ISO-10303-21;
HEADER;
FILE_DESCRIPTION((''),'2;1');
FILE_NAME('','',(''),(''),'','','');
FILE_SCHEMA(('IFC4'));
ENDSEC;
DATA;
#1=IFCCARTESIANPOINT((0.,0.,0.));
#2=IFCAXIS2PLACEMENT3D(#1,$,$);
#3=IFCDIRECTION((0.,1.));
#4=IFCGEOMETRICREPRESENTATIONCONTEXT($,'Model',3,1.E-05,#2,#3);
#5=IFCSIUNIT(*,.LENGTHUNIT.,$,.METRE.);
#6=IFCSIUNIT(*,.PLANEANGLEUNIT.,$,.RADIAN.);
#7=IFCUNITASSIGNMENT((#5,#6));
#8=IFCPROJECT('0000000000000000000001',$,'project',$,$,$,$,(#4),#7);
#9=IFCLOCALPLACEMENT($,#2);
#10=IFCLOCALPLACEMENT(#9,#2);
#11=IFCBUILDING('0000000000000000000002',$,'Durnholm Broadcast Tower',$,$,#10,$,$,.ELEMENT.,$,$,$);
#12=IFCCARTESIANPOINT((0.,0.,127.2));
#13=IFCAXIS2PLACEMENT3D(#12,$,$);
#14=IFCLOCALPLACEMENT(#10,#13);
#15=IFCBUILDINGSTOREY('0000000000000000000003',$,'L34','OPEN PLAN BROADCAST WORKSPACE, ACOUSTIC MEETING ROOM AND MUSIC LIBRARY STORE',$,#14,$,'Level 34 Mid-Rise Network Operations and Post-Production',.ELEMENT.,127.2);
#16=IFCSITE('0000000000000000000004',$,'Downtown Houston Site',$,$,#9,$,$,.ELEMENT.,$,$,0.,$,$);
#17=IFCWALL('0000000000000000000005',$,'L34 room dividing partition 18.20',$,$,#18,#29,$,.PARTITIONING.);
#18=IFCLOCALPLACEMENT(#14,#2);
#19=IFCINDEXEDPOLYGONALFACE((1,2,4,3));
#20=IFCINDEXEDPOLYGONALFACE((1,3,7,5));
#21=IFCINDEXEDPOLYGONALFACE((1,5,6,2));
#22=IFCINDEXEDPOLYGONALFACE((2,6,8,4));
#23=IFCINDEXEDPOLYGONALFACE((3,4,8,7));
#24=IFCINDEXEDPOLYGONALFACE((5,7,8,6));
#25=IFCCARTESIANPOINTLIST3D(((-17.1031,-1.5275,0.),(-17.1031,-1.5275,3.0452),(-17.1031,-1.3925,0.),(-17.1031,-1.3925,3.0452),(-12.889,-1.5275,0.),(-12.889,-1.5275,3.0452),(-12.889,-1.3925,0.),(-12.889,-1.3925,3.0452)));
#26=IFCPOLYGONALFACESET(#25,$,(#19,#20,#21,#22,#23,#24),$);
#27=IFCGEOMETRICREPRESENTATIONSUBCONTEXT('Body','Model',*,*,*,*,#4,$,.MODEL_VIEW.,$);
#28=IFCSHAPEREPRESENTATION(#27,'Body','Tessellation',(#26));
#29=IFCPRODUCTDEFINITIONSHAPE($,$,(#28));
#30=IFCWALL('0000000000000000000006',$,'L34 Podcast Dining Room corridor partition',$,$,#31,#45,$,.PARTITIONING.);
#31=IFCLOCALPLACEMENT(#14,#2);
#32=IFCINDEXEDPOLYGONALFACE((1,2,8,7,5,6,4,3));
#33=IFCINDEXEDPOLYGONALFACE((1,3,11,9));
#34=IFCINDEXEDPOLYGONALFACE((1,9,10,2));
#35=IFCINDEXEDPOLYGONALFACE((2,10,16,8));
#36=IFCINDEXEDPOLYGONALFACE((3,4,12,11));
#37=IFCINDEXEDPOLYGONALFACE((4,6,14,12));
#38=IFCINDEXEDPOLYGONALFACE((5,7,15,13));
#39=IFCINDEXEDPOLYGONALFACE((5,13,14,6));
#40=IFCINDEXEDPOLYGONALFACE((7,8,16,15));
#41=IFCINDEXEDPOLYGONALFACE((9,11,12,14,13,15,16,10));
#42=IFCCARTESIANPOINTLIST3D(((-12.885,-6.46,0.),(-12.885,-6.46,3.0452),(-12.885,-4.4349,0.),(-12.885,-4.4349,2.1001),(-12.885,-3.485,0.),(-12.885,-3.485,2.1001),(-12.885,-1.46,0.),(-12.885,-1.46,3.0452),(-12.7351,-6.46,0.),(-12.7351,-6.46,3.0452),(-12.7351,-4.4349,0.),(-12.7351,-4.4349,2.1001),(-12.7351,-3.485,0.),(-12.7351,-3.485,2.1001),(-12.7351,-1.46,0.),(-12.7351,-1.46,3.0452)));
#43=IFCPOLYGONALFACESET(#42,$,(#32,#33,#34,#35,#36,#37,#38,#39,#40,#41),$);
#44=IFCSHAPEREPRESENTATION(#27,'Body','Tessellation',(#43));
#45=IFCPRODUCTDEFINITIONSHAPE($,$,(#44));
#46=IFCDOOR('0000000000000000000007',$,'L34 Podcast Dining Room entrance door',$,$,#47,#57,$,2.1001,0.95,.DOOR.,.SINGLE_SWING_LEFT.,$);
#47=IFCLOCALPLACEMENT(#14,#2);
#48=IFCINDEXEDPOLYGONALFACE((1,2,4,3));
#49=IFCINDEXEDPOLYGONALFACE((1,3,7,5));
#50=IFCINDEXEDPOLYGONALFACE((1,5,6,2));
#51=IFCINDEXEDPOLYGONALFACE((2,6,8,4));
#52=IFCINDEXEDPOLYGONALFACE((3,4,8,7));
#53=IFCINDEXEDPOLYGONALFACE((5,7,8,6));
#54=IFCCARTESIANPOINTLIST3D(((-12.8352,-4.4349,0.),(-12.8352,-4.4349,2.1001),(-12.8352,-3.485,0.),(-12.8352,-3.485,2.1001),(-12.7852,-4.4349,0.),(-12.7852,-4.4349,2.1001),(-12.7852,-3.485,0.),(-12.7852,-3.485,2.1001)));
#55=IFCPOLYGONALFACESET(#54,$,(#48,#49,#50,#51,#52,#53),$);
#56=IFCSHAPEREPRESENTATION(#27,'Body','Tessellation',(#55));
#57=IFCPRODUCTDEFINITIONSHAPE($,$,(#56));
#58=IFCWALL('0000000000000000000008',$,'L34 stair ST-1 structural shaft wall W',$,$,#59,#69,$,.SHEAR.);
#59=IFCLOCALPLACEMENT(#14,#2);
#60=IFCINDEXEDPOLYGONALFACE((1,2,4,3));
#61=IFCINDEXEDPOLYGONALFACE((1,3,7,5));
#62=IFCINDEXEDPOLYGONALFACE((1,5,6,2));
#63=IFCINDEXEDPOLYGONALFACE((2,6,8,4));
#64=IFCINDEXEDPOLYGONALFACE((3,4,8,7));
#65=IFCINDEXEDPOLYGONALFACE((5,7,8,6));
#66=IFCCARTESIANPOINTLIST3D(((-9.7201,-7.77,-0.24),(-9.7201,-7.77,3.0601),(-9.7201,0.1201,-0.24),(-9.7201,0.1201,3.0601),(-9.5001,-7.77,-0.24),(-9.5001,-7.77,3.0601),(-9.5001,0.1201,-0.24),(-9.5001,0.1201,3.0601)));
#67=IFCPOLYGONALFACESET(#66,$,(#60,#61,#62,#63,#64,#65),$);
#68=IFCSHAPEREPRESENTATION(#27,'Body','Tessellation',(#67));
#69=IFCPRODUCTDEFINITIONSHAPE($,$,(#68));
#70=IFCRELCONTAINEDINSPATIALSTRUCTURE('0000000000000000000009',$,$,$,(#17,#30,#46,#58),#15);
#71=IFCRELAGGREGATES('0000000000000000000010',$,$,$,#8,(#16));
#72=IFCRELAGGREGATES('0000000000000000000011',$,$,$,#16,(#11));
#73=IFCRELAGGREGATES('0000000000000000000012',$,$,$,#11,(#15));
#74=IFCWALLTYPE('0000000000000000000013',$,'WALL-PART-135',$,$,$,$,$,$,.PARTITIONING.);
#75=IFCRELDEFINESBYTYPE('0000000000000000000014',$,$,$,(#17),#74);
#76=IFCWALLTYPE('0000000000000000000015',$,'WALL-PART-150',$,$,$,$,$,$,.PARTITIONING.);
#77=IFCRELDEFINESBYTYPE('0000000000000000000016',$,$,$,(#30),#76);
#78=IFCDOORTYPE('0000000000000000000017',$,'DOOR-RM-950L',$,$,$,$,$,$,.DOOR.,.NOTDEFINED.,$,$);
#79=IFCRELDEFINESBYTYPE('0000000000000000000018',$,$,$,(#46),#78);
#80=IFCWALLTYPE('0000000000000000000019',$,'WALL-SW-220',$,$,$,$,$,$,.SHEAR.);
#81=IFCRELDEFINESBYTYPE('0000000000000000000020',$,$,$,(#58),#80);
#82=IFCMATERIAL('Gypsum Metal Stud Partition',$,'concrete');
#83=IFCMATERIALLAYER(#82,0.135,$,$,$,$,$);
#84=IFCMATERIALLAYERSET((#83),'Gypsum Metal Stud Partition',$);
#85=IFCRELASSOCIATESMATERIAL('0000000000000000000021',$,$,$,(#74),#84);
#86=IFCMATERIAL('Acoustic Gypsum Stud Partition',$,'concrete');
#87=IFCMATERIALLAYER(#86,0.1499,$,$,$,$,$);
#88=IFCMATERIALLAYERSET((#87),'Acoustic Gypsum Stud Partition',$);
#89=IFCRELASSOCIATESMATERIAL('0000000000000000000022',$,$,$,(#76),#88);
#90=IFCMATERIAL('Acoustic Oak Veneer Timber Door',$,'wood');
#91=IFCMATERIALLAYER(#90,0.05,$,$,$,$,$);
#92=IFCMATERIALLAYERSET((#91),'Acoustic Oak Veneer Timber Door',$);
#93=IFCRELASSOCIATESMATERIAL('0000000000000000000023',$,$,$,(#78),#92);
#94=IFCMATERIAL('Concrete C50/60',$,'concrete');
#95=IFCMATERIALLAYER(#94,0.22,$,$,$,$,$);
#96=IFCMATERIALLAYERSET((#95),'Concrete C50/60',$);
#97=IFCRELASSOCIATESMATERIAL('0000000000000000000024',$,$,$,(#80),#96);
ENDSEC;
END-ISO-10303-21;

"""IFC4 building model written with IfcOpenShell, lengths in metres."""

from ifc_helpers import new_model, si_unit, direction, frame, frame_2d, origin, place, context, subcontext, project, spatial, rectangle, extrude, source, transform, mapped, material, layer, layer_set, type_object, type_shapes, element, fill, save


model = new_model("IFC4")

# Units and contexts
model_context = context("Model", 3, precision=1e-05, world=origin(), true_north=direction((0.0, 1.0)))
body_context = subcontext(model_context, "Body", "Model", "MODEL_VIEW")
ifc_project = project(units=[si_unit("LENGTHUNIT", "METRE"), si_unit("PLANEANGLEUNIT", "RADIAN")], contexts=[model_context])

# Site, building, storey
site_placement = place(None, origin())
site = spatial("IfcSite", under=ifc_project, at=site_placement, Name="Downtown Houston Site", CompositionType="ELEMENT", RefElevation=0.0)
building_placement = place(site_placement, origin())
building = spatial("IfcBuilding", under=site, at=building_placement, Name="Durnholm Broadcast Tower", CompositionType="ELEMENT")
storey_placement = place(building_placement, frame((0.0, 0.0, 127.2)))
storey = spatial("IfcBuildingStorey", under=building, at=storey_placement, Name="L34", Description="OPEN PLAN BROADCAST WORKSPACE, ACOUSTIC MEETING ROOM AND MUSIC LIBRARY STORE", LongName="Level 34 Mid-Rise Network Operations and Post-Production", CompositionType="ELEMENT", Elevation=127.2)

# Shared definitions
ifc_material_1 = material(Name="Gypsum Metal Stud Partition", Category="concrete")
ifc_layer_1 = layer(ifc_material_1, 0.135)
ifc_layer_set_1 = layer_set([ifc_layer_1], Name="Gypsum Metal Stud Partition")
wall_type_1 = type_object("IfcWallType", Name="WALL-PART-135", PredefinedType="PARTITIONING", material=ifc_layer_set_1)

# Wall
wall_1_placement = place(storey_placement, frame((-17.103, -1.46, 0.0), z_axis=(0.0, 0.0, 1.0), x_axis=(1.0, 0.0, 0.0)))
element("IfcWall", 1, at=wall_1_placement, inside=storey, type_object=wall_type_1, Name="L34 room dividing partition 18.20", PredefinedType="PARTITIONING", context=body_context, shape_type="SweptSolid", body=[
    extrude(rectangle(XDim=4.2141, YDim=0.135, at=frame_2d((2.1069, 0.0))), origin(), (0.0, 0.0, 1.0), 3.0452),
])

# Wall, opening, door
ifc_material_2 = material(Name="Acoustic Gypsum Stud Partition", Category="concrete")
ifc_layer_2 = layer(ifc_material_2, 0.1499)
ifc_layer_set_2 = layer_set([ifc_layer_2], Name="Acoustic Gypsum Stud Partition")
wall_type_2 = type_object("IfcWallType", Name="WALL-PART-150", PredefinedType="PARTITIONING", material=ifc_layer_set_2)
wall_2_placement = place(storey_placement, frame((-12.8101, -1.46, 0.0), z_axis=(0.0, 0.0, 1.0), x_axis=(0.0, -1.0, 0.0)))
wall_2 = element("IfcWall", 2, at=wall_2_placement, inside=storey, type_object=wall_type_2, Name="L34 Podcast Dining Room corridor partition", PredefinedType="PARTITIONING", context=body_context, shape_type="SweptSolid", body=[
    extrude(rectangle(XDim=5.0, YDim=0.1499, at=frame_2d((2.5, 0.0))), origin(), (0.0, 0.0, 1.0), 3.0452),
])
opening_1_placement = place(wall_2_placement, frame((2.0249, 0.0, 0.0)))
opening_1 = element("IfcOpeningElement", 3, at=opening_1_placement, cuts=wall_2, PredefinedType="OPENING", context=body_context, shape_type="SweptSolid", body=[
    extrude(rectangle(XDim=0.95, YDim=2.1001, at=frame_2d((0.4751, 1.05))), frame((0.0, 0.085, 0.0), z_axis=(0.0, -1.0, 0.0), x_axis=(1.0, 0.0, 0.0)), (0.0, 0.0, 1.0), 0.1699),
])
ifc_material_3 = material(Name="Acoustic Oak Veneer Timber Door", Category="wood")
ifc_layer_3 = layer(ifc_material_3, 0.05)
ifc_layer_set_3 = layer_set([ifc_layer_3], Name="Acoustic Oak Veneer Timber Door")
door_type_1 = type_object("IfcDoorType", Name="DOOR-RM-950L", OperationType="NOTDEFINED", PredefinedType="DOOR", material=ifc_layer_set_3)
shared_shape_1 = source(origin(), body_context, "Body", "SweptSolid", [
    extrude(rectangle(XDim=0.95, YDim=2.1001, at=frame_2d((0.4751, 1.05))), frame((0.0, 0.0249, 0.0), z_axis=(0.0, -1.0, 0.0), x_axis=(1.0, 0.0, 0.0)), (0.0, 0.0, 1.0), 0.05),
])
type_shapes(door_type_1, [shared_shape_1])
door_1_placement = place(opening_1_placement, origin())
door_1 = element("IfcDoor", 4, at=door_1_placement, inside=storey, type_object=door_type_1, Name="L34 Podcast Dining Room entrance door", OperationType="SINGLE_SWING_LEFT", OverallHeight=2.1001, OverallWidth=0.95, PredefinedType="DOOR", context=body_context, shape_type="MappedRepresentation", body=[
    mapped(shared_shape_1, transform((0.0, 0.0, 0.0), x_axis=(1.0, 0.0, 0.0), y_axis=(0.0, 1.0, 0.0), z_axis=(0.0, 0.0, 1.0), scale=1.0)),
])
fill(opening_1, door_1)

# Wall
ifc_material_4 = material(Name="Concrete C50/60", Category="concrete")
ifc_layer_4 = layer(ifc_material_4, 0.22)
ifc_layer_set_4 = layer_set([ifc_layer_4], Name="Concrete C50/60")
wall_type_3 = type_object("IfcWallType", Name="WALL-SW-220", PredefinedType="SHEAR", material=ifc_layer_set_4)
wall_3_placement = place(storey_placement, frame((-9.6101, 0.1201, -0.24), z_axis=(0.0, 0.0, 1.0), x_axis=(0.0, -1.0, 0.0)))
element("IfcWall", 5, at=wall_3_placement, inside=storey, type_object=wall_type_3, Name="L34 stair ST-1 structural shaft wall W", PredefinedType="SHEAR", context=body_context, shape_type="SweptSolid", body=[
    extrude(rectangle(XDim=7.8901, YDim=0.22, at=frame_2d((3.9451, 0.0))), origin(), (0.0, 0.0, 1.0), 3.3),
])

save(model, "model.ifc")
